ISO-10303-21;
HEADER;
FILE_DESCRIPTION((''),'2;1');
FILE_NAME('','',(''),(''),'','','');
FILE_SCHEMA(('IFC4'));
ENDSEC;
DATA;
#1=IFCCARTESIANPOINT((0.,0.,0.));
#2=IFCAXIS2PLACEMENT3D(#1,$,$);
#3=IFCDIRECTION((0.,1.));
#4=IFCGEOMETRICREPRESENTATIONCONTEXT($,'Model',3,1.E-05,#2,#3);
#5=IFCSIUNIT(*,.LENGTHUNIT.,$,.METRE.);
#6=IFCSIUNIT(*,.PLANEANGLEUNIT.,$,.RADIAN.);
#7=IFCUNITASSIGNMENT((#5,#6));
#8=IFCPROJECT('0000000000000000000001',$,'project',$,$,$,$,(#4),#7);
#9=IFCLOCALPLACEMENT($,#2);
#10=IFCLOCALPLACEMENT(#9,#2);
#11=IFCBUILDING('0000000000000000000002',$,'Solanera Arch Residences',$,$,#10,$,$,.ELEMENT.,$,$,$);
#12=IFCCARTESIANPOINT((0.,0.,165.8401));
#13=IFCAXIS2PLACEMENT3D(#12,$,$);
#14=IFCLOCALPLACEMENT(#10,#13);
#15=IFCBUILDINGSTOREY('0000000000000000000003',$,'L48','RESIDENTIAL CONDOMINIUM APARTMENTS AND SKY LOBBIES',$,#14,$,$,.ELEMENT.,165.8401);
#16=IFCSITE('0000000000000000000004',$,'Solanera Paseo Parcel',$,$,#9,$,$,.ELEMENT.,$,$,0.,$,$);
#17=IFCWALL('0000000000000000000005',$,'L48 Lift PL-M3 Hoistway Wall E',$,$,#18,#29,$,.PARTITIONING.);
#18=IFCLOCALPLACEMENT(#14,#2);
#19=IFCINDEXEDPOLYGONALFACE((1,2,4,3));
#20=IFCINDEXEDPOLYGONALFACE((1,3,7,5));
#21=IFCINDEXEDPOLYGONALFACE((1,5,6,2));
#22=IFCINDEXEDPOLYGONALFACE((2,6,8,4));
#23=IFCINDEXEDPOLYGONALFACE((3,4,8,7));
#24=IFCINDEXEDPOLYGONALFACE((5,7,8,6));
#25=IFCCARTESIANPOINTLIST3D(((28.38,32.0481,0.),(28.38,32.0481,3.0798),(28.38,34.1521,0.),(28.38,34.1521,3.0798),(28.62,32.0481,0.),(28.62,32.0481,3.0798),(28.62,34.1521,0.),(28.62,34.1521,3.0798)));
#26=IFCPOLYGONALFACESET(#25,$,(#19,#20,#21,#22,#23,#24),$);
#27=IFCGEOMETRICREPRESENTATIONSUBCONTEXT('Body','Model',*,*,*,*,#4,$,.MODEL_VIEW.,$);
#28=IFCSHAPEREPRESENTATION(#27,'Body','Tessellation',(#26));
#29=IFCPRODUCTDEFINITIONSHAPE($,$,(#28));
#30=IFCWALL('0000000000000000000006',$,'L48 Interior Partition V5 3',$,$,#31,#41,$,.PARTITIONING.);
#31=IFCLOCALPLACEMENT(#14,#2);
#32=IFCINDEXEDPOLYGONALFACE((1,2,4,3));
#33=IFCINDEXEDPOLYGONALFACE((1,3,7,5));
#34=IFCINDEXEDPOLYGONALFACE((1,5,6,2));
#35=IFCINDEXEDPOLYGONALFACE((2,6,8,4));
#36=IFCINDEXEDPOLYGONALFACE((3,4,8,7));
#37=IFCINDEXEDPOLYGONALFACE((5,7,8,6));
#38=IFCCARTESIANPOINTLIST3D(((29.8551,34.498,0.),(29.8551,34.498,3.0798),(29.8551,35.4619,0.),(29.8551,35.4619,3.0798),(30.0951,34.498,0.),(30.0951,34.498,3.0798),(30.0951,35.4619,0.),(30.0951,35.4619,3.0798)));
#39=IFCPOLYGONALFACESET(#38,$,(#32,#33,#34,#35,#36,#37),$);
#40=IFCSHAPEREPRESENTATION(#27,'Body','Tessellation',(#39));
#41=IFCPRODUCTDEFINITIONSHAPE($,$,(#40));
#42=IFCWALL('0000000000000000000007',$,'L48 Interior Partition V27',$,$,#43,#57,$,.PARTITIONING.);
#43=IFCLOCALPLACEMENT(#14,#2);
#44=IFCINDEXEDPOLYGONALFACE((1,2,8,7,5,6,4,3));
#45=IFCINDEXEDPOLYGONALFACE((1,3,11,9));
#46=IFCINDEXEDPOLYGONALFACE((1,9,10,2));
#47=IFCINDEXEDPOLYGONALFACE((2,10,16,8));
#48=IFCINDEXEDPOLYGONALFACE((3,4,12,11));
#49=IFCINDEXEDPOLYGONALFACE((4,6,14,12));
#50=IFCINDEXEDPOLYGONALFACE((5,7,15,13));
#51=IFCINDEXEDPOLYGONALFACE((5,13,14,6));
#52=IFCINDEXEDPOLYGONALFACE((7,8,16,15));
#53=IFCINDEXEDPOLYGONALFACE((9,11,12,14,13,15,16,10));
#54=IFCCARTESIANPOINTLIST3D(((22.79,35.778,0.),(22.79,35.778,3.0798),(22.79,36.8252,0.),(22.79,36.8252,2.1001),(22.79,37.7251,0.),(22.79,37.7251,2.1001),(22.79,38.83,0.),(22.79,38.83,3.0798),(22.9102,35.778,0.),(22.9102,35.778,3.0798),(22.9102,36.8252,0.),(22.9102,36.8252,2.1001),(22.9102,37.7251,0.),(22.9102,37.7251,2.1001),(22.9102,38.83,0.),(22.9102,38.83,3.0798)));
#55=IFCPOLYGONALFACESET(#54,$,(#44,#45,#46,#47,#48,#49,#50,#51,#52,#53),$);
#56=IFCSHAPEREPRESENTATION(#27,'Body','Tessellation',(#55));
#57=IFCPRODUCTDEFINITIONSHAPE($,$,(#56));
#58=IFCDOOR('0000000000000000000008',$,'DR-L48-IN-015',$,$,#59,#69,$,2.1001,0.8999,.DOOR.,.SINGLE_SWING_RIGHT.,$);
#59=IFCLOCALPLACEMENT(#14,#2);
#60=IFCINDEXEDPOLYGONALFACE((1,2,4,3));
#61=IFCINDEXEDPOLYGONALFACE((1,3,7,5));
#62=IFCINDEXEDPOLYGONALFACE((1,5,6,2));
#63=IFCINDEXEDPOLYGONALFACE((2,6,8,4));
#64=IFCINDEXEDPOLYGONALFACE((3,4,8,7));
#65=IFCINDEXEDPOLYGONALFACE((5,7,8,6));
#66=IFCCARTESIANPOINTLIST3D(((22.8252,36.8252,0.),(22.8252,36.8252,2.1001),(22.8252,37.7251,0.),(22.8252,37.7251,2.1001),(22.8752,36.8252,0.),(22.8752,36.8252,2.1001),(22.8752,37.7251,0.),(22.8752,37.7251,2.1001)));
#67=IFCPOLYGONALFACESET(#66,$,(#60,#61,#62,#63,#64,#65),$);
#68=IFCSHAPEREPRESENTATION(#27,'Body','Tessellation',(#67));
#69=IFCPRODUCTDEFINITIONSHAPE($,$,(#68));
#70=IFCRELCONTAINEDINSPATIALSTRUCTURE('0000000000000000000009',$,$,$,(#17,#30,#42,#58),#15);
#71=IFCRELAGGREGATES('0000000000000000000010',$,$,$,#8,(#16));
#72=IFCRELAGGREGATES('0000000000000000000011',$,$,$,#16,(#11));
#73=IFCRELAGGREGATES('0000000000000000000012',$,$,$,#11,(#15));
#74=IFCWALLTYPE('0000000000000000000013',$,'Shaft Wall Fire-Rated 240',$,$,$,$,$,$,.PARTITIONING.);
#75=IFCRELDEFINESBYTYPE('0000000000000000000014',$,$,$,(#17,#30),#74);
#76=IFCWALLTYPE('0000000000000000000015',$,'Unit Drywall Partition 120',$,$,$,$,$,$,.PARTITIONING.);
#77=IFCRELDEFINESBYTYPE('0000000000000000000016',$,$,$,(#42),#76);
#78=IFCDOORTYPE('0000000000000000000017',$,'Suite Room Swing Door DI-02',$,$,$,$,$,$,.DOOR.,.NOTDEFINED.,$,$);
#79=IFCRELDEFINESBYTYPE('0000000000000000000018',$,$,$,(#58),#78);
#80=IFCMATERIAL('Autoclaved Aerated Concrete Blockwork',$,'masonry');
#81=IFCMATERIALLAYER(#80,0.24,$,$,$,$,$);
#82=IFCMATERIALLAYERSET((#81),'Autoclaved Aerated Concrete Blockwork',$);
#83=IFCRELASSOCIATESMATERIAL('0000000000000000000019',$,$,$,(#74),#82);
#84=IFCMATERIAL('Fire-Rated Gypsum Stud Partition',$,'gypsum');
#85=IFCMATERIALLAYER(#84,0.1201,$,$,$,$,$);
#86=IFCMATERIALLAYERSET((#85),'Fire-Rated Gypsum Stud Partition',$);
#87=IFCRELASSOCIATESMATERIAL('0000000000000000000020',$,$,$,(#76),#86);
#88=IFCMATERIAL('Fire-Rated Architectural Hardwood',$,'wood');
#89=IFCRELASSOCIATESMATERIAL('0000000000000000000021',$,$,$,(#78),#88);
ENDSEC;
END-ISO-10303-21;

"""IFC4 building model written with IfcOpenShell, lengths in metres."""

from ifc_helpers import new_model, si_unit, direction, frame, frame_2d, origin, place, context, subcontext, project, spatial, rectangle, extrude, material, layer, layer_set, type_object, element, fill, save


model = new_model("IFC4")

# Units and contexts
model_context = context("Model", 3, precision=1e-05, world=origin(), true_north=direction((0.0, 1.0)))
body_context = subcontext(model_context, "Body", "Model", "MODEL_VIEW")
ifc_project = project(units=[si_unit("LENGTHUNIT", "METRE"), si_unit("PLANEANGLEUNIT", "RADIAN")], contexts=[model_context])

# Site, building, storey
site_placement = place(None, origin())
site = spatial("IfcSite", under=ifc_project, at=site_placement, Name="Solanera Paseo Parcel", CompositionType="ELEMENT", RefElevation=0.0)
building_placement = place(site_placement, origin())
building = spatial("IfcBuilding", under=site, at=building_placement, Name="Solanera Arch Residences", CompositionType="ELEMENT")
storey_placement = place(building_placement, frame((0.0, 0.0, 165.8401)))
storey = spatial("IfcBuildingStorey", under=building, at=storey_placement, Name="L48", Description="RESIDENTIAL CONDOMINIUM APARTMENTS AND SKY LOBBIES", CompositionType="ELEMENT", Elevation=165.8401)

# Wall
ifc_material_1 = material(Name="Autoclaved Aerated Concrete Blockwork", Category="masonry")
ifc_layer_1 = layer(ifc_material_1, 0.24)
ifc_layer_set_1 = layer_set([ifc_layer_1], Name="Autoclaved Aerated Concrete Blockwork")
wall_type_1 = type_object("IfcWallType", Name="Shaft Wall Fire-Rated 240", PredefinedType="PARTITIONING", material=ifc_layer_set_1)
for number, where, z_axis, x_axis, name in (
    (1, (28.5, 32.0481, 0.0), (0.0, 0.0, 1.0), (0.0, 1.0, 0.0), "L48 Lift PL-M3 Hoistway Wall E"),
):
    element("IfcWall", number, at=place(storey_placement, frame(where, z_axis=z_axis, x_axis=x_axis)), inside=storey, type_object=wall_type_1, Name=name, PredefinedType="PARTITIONING", context=body_context, shape_type="SweptSolid", body=[
        extrude(rectangle(XDim=2.104, YDim=0.24, at=frame_2d((1.052, 0.0))), origin(), (0.0, 0.0, 1.0), 3.0798),
    ])

# Wall
wall_1_placement = place(storey_placement, frame((29.9751, 34.498, 0.0), z_axis=(0.0, 0.0, 1.0), x_axis=(0.0, 1.0, 0.0)))
element("IfcWall", 2, at=wall_1_placement, inside=storey, type_object=wall_type_1, Name="L48 Interior Partition V5 3", PredefinedType="PARTITIONING", context=body_context, shape_type="SweptSolid", body=[
    extrude(rectangle(XDim=0.9639, YDim=0.24, at=frame_2d((0.4819, 0.0))), origin(), (0.0, 0.0, 1.0), 3.0798),
])

# Wall, opening, door
ifc_material_2 = material(Name="Fire-Rated Gypsum Stud Partition", Category="gypsum")
ifc_layer_2 = layer(ifc_material_2, 0.1201)
ifc_layer_set_2 = layer_set([ifc_layer_2], Name="Fire-Rated Gypsum Stud Partition")
wall_type_2 = type_object("IfcWallType", Name="Unit Drywall Partition 120", PredefinedType="PARTITIONING", material=ifc_layer_set_2)
wall_2_placement = place(storey_placement, frame((22.8501, 35.7781, 0.0), z_axis=(0.0, 0.0, 1.0), x_axis=(0.0, 1.0, 0.0)))
wall_2 = element("IfcWall", 3, at=wall_2_placement, inside=storey, type_object=wall_type_2, Name="L48 Interior Partition V27", PredefinedType="PARTITIONING", context=body_context, shape_type="SweptSolid", body=[
    extrude(rectangle(XDim=3.052, YDim=0.1201, at=frame_2d((1.5259, 0.0))), origin(), (0.0, 0.0, 1.0), 3.0798),
])
opening_1_placement = place(wall_2_placement, frame((1.0471, 0.0, 0.0)))
opening_1 = element("IfcOpeningElement", 4, at=opening_1_placement, cuts=wall_2, PredefinedType="OPENING", context=body_context, shape_type="SweptSolid", body=[
    extrude(rectangle(XDim=0.8999, YDim=2.1001, at=frame_2d((0.45, 1.05))), frame((0.0, 0.0701, 0.0), z_axis=(0.0, -1.0, 0.0), x_axis=(1.0, 0.0, 0.0)), (0.0, 0.0, 1.0), 0.1401),
])
ifc_material_3 = material(Name="Fire-Rated Architectural Hardwood", Category="wood")
door_type_1 = type_object("IfcDoorType", Name="Suite Room Swing Door DI-02", OperationType="NOTDEFINED", PredefinedType="DOOR", material=ifc_material_3)
door_1_placement = place(opening_1_placement, origin())
door_1 = element("IfcDoor", 5, at=door_1_placement, inside=storey, type_object=door_type_1, Name="DR-L48-IN-015", OperationType="SINGLE_SWING_RIGHT", OverallHeight=2.1001, OverallWidth=0.8999, PredefinedType="DOOR", context=body_context, shape_type="SweptSolid", body=[
    extrude(rectangle(XDim=0.8999, YDim=2.1001, at=frame_2d((0.45, 1.05))), frame((0.0, 0.0249, 0.0), z_axis=(0.0, -1.0, 0.0), x_axis=(1.0, 0.0, 0.0)), (0.0, 0.0, 1.0), 0.05),
])
fill(opening_1, door_1)

save(model, "model.ifc")
